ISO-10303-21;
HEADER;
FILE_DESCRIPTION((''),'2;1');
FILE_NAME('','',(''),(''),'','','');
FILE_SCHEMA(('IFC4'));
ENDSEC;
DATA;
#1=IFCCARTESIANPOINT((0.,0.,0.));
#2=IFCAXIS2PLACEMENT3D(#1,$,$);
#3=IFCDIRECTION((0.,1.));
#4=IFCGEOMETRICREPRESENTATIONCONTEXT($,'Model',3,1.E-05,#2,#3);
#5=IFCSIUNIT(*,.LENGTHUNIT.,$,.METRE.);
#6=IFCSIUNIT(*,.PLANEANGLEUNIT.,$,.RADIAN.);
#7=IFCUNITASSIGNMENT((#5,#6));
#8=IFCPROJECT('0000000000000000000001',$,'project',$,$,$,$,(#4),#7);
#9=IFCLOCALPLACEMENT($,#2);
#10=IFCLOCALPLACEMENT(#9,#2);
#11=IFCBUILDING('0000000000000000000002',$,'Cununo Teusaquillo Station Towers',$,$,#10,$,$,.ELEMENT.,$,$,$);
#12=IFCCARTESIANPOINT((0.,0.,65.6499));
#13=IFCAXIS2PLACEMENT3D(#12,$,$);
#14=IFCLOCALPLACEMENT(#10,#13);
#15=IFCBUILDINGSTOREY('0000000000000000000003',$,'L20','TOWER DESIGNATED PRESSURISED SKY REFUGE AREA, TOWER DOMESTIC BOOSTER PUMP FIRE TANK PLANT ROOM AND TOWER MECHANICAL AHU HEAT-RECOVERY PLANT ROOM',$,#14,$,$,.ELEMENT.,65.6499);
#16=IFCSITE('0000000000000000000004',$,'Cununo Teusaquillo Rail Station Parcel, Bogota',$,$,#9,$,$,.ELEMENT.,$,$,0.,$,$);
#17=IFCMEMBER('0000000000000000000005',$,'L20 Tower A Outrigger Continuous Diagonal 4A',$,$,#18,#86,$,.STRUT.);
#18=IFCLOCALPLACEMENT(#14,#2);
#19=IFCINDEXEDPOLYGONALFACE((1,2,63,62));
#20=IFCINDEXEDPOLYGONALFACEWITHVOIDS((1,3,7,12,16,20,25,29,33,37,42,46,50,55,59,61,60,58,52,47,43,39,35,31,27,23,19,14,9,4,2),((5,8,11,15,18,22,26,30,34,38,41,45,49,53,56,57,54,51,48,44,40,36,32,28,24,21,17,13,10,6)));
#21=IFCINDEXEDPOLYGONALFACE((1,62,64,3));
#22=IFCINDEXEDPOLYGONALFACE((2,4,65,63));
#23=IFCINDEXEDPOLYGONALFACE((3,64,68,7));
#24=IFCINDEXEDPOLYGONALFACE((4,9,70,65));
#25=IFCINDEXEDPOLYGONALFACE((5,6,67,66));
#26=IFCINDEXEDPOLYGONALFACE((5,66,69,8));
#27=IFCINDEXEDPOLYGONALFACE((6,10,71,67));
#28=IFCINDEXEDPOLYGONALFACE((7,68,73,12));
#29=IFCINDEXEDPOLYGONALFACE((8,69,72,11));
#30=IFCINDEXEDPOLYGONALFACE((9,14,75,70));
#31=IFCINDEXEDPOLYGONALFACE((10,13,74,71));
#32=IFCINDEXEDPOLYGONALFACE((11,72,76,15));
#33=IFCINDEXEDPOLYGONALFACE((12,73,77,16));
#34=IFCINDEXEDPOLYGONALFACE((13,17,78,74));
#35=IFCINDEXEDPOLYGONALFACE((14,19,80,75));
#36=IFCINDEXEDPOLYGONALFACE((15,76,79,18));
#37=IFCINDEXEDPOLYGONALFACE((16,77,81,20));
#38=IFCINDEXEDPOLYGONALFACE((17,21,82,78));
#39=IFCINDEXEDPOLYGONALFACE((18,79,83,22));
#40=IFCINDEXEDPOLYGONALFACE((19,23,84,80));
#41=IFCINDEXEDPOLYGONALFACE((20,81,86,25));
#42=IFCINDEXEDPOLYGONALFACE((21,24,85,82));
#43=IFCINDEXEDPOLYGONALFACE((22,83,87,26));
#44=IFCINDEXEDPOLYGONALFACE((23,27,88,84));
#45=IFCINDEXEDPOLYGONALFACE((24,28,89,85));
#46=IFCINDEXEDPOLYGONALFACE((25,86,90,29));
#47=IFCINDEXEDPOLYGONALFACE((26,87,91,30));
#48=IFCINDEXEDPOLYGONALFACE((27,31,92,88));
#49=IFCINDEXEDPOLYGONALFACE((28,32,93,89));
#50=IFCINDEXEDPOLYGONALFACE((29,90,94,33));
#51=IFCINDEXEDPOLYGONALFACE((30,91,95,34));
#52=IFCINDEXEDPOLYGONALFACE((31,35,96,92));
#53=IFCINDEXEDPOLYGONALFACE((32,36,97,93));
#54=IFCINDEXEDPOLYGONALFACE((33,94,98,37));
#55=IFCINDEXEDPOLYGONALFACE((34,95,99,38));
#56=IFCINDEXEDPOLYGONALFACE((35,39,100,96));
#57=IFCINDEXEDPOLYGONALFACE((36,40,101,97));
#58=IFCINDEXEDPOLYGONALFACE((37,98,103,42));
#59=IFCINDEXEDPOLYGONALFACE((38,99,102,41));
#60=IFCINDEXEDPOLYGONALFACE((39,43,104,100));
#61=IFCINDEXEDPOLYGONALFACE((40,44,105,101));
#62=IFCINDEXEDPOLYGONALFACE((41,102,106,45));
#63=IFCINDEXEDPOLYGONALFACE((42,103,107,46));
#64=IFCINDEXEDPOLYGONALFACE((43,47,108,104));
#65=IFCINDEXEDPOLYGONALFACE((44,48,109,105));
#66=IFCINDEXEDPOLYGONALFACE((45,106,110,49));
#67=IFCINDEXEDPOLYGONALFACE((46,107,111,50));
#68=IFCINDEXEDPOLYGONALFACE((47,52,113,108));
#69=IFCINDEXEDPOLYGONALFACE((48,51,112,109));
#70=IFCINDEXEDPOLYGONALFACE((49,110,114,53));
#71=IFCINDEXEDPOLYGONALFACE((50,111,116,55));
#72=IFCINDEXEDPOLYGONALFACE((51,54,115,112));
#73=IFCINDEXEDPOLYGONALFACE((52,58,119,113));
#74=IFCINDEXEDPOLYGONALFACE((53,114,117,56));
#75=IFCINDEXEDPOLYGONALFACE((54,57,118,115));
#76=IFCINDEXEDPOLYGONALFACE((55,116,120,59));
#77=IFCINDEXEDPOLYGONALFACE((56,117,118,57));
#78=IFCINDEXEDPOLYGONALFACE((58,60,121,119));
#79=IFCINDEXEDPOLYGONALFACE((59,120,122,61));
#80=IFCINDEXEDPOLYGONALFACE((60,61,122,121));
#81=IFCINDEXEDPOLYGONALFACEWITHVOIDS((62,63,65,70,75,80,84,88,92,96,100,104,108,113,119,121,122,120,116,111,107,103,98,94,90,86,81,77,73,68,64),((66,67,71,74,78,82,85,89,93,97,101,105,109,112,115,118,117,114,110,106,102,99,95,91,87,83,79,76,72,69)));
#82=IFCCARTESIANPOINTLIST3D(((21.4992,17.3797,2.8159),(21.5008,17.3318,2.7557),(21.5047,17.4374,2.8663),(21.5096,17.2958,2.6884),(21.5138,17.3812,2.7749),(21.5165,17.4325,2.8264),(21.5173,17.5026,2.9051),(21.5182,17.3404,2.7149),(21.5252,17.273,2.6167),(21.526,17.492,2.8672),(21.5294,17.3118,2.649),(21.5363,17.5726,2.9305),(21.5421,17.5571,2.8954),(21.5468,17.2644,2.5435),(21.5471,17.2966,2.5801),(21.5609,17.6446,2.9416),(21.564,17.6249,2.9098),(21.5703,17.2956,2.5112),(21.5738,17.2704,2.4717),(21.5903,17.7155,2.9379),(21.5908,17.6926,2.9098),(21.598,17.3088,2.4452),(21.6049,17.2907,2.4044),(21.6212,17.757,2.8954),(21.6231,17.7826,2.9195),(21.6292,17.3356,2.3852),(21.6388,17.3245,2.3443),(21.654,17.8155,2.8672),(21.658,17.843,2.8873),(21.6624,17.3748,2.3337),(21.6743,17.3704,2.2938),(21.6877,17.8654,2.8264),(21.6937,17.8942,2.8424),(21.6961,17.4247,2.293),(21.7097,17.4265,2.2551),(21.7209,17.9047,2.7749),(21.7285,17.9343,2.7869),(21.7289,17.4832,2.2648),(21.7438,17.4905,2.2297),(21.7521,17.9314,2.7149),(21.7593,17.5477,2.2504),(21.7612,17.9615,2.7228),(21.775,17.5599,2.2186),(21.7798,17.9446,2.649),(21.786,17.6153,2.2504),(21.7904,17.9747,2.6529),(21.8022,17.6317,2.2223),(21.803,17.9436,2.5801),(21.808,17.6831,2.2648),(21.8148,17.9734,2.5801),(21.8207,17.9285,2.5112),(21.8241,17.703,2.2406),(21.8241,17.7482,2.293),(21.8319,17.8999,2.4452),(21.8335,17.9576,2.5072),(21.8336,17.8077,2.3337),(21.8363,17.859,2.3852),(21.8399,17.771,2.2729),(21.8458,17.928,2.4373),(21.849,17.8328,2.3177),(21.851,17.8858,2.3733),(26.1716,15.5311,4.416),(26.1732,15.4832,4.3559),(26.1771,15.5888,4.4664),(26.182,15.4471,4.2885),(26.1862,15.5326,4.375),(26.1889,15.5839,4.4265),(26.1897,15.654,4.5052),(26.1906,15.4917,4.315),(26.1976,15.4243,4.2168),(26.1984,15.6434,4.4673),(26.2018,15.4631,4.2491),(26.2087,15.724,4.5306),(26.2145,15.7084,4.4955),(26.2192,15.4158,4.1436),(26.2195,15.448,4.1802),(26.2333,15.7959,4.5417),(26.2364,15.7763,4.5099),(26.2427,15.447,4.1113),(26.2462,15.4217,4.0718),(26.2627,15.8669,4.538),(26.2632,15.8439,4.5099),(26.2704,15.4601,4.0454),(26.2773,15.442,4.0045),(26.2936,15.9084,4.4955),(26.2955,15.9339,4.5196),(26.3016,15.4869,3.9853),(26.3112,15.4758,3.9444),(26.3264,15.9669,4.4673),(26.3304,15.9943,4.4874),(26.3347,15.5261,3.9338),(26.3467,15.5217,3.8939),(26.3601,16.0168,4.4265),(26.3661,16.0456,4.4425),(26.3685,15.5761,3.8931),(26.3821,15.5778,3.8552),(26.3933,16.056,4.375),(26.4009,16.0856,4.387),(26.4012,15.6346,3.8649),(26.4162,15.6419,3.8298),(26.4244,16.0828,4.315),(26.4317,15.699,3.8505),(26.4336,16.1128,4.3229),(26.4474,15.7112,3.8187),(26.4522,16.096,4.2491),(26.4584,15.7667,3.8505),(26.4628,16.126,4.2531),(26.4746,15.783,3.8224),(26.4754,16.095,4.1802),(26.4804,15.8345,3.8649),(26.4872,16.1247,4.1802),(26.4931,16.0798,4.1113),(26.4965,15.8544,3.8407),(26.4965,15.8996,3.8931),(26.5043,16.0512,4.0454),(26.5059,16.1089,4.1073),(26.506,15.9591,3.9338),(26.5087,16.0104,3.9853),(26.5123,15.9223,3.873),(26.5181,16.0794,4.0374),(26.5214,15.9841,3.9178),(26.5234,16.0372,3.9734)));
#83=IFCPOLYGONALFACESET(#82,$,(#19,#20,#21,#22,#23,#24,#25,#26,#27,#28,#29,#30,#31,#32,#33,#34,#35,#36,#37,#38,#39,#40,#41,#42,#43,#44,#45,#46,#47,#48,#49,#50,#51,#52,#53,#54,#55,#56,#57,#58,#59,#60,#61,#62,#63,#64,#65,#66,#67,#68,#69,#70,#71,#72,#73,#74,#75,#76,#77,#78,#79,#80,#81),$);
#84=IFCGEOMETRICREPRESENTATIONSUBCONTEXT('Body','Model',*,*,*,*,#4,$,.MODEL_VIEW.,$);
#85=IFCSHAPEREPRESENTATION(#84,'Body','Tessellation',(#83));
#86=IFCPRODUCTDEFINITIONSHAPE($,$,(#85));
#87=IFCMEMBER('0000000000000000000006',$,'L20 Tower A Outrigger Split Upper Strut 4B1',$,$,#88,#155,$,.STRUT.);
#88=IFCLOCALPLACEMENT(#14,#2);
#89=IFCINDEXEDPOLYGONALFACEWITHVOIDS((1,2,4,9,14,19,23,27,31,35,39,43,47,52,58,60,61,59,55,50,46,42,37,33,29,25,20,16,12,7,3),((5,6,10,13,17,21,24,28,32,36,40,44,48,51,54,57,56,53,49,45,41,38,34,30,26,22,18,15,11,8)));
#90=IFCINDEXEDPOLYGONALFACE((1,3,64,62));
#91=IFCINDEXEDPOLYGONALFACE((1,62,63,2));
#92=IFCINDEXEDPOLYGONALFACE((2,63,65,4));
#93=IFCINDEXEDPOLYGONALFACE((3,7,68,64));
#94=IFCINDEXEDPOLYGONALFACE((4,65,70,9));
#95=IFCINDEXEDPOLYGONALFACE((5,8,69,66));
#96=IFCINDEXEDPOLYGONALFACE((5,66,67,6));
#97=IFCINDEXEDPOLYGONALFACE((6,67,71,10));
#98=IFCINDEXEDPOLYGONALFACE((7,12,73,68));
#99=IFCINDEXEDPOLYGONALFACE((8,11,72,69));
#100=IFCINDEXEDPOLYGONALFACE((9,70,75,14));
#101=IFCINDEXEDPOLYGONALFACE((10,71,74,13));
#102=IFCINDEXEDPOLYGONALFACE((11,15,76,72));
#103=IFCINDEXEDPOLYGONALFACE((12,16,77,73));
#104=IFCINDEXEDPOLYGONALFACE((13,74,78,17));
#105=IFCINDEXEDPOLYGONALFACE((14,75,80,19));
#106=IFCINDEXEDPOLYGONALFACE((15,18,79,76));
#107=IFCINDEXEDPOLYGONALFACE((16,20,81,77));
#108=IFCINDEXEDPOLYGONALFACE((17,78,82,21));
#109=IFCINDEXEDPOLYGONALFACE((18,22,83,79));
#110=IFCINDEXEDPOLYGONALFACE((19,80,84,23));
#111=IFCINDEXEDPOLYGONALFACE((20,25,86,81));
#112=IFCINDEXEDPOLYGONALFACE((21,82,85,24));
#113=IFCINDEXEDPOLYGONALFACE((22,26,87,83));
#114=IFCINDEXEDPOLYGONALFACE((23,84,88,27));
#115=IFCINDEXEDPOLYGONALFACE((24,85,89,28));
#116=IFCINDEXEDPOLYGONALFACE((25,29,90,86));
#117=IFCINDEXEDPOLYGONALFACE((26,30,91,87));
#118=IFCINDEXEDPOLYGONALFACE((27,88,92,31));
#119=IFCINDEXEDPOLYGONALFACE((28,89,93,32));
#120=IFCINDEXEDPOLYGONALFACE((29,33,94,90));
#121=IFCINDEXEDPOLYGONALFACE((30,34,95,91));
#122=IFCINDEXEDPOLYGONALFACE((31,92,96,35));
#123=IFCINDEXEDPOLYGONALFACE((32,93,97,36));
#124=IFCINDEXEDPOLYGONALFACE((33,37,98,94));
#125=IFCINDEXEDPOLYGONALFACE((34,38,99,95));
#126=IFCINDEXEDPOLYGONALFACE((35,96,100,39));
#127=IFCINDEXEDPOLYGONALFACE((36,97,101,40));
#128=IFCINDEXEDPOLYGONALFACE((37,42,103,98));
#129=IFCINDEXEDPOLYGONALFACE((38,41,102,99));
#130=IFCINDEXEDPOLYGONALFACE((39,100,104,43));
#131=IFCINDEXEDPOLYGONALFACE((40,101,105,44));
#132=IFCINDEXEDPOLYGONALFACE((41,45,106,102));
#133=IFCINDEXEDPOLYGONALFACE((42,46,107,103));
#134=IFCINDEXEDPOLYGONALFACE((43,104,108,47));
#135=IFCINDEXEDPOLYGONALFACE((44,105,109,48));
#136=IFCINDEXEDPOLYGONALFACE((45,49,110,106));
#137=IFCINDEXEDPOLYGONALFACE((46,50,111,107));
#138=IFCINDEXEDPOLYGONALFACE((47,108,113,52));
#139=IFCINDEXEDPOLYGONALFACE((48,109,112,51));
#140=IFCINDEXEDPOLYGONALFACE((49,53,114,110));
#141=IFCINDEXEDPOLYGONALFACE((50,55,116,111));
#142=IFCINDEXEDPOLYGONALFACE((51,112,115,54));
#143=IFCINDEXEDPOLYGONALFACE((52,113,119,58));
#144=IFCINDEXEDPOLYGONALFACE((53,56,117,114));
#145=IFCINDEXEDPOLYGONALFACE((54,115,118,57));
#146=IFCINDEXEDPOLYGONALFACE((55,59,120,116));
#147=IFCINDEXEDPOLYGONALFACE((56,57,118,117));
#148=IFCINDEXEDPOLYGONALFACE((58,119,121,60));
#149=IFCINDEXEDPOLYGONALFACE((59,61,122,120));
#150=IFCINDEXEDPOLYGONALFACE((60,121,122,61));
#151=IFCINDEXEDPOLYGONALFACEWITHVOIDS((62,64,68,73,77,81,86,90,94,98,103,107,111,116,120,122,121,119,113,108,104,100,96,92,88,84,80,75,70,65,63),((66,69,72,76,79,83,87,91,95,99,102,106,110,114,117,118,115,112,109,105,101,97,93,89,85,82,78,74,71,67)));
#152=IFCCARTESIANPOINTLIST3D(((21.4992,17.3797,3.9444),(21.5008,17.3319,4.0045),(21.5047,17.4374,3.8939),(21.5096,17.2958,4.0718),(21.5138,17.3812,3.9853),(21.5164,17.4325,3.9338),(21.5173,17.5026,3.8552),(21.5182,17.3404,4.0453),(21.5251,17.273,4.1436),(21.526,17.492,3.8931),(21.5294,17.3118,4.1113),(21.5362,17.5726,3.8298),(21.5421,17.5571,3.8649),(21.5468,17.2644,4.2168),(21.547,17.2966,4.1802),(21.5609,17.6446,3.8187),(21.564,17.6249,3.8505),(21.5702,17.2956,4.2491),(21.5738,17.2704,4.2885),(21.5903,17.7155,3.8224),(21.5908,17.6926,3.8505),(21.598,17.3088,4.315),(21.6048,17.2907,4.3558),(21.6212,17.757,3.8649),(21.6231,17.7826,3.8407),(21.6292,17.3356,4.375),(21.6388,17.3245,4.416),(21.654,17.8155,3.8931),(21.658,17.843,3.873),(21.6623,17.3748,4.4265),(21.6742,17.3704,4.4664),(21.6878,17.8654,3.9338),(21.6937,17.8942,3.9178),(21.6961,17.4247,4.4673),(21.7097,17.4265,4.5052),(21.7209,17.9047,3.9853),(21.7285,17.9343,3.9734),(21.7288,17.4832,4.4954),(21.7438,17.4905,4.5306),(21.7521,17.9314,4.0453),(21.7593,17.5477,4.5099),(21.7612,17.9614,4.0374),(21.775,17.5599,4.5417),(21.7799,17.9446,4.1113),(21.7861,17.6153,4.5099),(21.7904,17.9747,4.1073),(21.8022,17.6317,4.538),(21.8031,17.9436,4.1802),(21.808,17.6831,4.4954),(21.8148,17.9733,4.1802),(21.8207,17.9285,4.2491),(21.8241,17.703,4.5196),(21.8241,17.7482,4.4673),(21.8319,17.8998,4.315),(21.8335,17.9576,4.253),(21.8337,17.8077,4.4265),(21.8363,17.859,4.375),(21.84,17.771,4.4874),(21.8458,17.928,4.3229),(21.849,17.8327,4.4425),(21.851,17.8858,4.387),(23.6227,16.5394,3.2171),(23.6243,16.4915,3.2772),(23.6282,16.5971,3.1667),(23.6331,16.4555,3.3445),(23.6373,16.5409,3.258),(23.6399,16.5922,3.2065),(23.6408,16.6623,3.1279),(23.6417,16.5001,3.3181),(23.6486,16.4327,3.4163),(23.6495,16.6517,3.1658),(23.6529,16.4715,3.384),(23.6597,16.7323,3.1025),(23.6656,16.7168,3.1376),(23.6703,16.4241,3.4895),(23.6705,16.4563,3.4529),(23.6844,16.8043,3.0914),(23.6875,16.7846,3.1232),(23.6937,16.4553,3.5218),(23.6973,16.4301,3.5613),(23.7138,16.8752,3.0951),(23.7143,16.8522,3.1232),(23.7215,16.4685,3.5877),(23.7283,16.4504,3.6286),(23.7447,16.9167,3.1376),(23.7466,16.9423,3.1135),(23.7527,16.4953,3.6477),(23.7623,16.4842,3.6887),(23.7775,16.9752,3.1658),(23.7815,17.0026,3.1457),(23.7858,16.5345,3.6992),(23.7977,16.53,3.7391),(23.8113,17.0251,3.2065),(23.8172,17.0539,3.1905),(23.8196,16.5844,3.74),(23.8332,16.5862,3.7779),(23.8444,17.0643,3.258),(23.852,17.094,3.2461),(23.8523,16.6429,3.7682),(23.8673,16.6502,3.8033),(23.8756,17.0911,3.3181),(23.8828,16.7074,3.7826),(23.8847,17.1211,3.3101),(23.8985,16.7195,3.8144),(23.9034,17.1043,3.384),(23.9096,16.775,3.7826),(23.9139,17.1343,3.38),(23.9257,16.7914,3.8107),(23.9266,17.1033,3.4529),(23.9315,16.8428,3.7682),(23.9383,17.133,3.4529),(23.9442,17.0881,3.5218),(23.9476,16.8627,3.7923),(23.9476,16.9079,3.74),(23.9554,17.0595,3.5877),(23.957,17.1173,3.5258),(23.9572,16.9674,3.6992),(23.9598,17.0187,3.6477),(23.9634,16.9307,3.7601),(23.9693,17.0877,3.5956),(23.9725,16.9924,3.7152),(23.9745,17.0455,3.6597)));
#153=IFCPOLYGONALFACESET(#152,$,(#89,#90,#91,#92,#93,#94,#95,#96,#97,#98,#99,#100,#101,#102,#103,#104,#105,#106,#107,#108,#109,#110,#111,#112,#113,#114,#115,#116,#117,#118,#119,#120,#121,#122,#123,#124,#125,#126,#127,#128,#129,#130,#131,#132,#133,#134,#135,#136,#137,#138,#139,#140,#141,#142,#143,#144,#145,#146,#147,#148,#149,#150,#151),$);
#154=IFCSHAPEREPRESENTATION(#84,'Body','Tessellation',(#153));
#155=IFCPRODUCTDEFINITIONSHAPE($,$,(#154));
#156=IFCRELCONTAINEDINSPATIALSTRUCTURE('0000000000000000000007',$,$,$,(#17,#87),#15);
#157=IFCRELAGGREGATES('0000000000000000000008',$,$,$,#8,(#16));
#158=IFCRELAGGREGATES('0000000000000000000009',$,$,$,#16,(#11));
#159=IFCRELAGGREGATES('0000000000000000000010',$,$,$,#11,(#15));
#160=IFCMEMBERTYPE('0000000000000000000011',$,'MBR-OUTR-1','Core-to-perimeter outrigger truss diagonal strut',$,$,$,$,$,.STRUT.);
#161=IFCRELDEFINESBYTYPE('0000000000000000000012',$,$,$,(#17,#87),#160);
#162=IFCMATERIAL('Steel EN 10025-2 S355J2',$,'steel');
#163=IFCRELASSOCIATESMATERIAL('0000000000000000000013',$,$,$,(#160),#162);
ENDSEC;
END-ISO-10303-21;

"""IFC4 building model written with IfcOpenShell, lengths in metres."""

from ifc_helpers import new_model, si_unit, direction, frame, origin, origin_2d, place, context, subcontext, project, spatial, hollow_circle, extrude, material, material_profile, profile_set, type_object, element, save


model = new_model("IFC4")

# Units and contexts
model_context = context("Model", 3, precision=1e-05, world=origin(), true_north=direction((0.0, 1.0)))
body_context = subcontext(model_context, "Body", "Model", "MODEL_VIEW")
ifc_project = project(units=[si_unit("LENGTHUNIT", "METRE"), si_unit("PLANEANGLEUNIT", "RADIAN")], contexts=[model_context])

# Site, building, storey
site_placement = place(None, origin())
site = spatial("IfcSite", under=ifc_project, at=site_placement, Name="Cununo Teusaquillo Rail Station Parcel, Bogota", CompositionType="ELEMENT", RefElevation=0.0)
building_placement = place(site_placement, origin())
building = spatial("IfcBuilding", under=site, at=building_placement, Name="Cununo Teusaquillo Station Towers", CompositionType="ELEMENT")
storey_placement = place(building_placement, frame((0.0, 0.0, 65.6499)))
storey = spatial("IfcBuildingStorey", under=building, at=storey_placement, Name="L20", Description="TOWER DESIGNATED PRESSURISED SKY REFUGE AREA, TOWER DOMESTIC BOOSTER PUMP FIRE TANK PLANT ROOM AND TOWER MECHANICAL AHU HEAT-RECOVERY PLANT ROOM", CompositionType="ELEMENT", Elevation=65.6499)

# Members
ifc_material_1 = material(Name="Steel EN 10025-2 S355J2", Category="steel")
ifc_material_profile_1 = material_profile(ifc_material_1, hollow_circle(Radius=0.3799, WallThickness=0.032, at=origin_2d()), Name="CHS 760x32")
ifc_profile_set_1 = profile_set([ifc_material_profile_1], Name="Steel EN 10025-2 S355J2")
member_type_1 = type_object("IfcMemberType", Name="MBR-OUTR-1", Description="Core-to-perimeter outrigger truss diagonal strut", PredefinedType="STRUT", material=ifc_profile_set_1)
member_1_placement = place(storey_placement, frame((21.675, 17.6201, 2.5801), z_axis=(0.886025, -0.350558, 0.303428), x_axis=(0.367903, 0.929864, 0.0)))
element("IfcMember", 1, at=member_1_placement, inside=storey, type_object=member_type_1, Name="L20 Tower A Outrigger Continuous Diagonal 4A", PredefinedType="STRUT", context=body_context, shape_type="SweptSolid", body=[
    extrude(hollow_circle(Radius=0.3799, WallThickness=0.032, at=origin_2d()), origin(), (0.0, 0.0, 1.0), 5.2734),
])
for number, where, z_axis, x_axis, name in (
    (2, (21.675, 17.6201, 4.1802), (0.885998, -0.35061, -0.303448), (0.36796, 0.929842, 0.0), "L20 Tower A Outrigger Split Upper Strut 4B1"),
):
    element("IfcMember", number, at=place(storey_placement, frame(where, z_axis=z_axis, x_axis=x_axis)), inside=storey, type_object=member_type_1, Name=name, PredefinedType="STRUT", context=body_context, shape_type="SweptSolid", body=[
        extrude(hollow_circle(Radius=0.3799, WallThickness=0.032, at=origin_2d()), origin(), (0.0, 0.0, 1.0), 2.3967),
    ])

save(model, "model.ifc")
